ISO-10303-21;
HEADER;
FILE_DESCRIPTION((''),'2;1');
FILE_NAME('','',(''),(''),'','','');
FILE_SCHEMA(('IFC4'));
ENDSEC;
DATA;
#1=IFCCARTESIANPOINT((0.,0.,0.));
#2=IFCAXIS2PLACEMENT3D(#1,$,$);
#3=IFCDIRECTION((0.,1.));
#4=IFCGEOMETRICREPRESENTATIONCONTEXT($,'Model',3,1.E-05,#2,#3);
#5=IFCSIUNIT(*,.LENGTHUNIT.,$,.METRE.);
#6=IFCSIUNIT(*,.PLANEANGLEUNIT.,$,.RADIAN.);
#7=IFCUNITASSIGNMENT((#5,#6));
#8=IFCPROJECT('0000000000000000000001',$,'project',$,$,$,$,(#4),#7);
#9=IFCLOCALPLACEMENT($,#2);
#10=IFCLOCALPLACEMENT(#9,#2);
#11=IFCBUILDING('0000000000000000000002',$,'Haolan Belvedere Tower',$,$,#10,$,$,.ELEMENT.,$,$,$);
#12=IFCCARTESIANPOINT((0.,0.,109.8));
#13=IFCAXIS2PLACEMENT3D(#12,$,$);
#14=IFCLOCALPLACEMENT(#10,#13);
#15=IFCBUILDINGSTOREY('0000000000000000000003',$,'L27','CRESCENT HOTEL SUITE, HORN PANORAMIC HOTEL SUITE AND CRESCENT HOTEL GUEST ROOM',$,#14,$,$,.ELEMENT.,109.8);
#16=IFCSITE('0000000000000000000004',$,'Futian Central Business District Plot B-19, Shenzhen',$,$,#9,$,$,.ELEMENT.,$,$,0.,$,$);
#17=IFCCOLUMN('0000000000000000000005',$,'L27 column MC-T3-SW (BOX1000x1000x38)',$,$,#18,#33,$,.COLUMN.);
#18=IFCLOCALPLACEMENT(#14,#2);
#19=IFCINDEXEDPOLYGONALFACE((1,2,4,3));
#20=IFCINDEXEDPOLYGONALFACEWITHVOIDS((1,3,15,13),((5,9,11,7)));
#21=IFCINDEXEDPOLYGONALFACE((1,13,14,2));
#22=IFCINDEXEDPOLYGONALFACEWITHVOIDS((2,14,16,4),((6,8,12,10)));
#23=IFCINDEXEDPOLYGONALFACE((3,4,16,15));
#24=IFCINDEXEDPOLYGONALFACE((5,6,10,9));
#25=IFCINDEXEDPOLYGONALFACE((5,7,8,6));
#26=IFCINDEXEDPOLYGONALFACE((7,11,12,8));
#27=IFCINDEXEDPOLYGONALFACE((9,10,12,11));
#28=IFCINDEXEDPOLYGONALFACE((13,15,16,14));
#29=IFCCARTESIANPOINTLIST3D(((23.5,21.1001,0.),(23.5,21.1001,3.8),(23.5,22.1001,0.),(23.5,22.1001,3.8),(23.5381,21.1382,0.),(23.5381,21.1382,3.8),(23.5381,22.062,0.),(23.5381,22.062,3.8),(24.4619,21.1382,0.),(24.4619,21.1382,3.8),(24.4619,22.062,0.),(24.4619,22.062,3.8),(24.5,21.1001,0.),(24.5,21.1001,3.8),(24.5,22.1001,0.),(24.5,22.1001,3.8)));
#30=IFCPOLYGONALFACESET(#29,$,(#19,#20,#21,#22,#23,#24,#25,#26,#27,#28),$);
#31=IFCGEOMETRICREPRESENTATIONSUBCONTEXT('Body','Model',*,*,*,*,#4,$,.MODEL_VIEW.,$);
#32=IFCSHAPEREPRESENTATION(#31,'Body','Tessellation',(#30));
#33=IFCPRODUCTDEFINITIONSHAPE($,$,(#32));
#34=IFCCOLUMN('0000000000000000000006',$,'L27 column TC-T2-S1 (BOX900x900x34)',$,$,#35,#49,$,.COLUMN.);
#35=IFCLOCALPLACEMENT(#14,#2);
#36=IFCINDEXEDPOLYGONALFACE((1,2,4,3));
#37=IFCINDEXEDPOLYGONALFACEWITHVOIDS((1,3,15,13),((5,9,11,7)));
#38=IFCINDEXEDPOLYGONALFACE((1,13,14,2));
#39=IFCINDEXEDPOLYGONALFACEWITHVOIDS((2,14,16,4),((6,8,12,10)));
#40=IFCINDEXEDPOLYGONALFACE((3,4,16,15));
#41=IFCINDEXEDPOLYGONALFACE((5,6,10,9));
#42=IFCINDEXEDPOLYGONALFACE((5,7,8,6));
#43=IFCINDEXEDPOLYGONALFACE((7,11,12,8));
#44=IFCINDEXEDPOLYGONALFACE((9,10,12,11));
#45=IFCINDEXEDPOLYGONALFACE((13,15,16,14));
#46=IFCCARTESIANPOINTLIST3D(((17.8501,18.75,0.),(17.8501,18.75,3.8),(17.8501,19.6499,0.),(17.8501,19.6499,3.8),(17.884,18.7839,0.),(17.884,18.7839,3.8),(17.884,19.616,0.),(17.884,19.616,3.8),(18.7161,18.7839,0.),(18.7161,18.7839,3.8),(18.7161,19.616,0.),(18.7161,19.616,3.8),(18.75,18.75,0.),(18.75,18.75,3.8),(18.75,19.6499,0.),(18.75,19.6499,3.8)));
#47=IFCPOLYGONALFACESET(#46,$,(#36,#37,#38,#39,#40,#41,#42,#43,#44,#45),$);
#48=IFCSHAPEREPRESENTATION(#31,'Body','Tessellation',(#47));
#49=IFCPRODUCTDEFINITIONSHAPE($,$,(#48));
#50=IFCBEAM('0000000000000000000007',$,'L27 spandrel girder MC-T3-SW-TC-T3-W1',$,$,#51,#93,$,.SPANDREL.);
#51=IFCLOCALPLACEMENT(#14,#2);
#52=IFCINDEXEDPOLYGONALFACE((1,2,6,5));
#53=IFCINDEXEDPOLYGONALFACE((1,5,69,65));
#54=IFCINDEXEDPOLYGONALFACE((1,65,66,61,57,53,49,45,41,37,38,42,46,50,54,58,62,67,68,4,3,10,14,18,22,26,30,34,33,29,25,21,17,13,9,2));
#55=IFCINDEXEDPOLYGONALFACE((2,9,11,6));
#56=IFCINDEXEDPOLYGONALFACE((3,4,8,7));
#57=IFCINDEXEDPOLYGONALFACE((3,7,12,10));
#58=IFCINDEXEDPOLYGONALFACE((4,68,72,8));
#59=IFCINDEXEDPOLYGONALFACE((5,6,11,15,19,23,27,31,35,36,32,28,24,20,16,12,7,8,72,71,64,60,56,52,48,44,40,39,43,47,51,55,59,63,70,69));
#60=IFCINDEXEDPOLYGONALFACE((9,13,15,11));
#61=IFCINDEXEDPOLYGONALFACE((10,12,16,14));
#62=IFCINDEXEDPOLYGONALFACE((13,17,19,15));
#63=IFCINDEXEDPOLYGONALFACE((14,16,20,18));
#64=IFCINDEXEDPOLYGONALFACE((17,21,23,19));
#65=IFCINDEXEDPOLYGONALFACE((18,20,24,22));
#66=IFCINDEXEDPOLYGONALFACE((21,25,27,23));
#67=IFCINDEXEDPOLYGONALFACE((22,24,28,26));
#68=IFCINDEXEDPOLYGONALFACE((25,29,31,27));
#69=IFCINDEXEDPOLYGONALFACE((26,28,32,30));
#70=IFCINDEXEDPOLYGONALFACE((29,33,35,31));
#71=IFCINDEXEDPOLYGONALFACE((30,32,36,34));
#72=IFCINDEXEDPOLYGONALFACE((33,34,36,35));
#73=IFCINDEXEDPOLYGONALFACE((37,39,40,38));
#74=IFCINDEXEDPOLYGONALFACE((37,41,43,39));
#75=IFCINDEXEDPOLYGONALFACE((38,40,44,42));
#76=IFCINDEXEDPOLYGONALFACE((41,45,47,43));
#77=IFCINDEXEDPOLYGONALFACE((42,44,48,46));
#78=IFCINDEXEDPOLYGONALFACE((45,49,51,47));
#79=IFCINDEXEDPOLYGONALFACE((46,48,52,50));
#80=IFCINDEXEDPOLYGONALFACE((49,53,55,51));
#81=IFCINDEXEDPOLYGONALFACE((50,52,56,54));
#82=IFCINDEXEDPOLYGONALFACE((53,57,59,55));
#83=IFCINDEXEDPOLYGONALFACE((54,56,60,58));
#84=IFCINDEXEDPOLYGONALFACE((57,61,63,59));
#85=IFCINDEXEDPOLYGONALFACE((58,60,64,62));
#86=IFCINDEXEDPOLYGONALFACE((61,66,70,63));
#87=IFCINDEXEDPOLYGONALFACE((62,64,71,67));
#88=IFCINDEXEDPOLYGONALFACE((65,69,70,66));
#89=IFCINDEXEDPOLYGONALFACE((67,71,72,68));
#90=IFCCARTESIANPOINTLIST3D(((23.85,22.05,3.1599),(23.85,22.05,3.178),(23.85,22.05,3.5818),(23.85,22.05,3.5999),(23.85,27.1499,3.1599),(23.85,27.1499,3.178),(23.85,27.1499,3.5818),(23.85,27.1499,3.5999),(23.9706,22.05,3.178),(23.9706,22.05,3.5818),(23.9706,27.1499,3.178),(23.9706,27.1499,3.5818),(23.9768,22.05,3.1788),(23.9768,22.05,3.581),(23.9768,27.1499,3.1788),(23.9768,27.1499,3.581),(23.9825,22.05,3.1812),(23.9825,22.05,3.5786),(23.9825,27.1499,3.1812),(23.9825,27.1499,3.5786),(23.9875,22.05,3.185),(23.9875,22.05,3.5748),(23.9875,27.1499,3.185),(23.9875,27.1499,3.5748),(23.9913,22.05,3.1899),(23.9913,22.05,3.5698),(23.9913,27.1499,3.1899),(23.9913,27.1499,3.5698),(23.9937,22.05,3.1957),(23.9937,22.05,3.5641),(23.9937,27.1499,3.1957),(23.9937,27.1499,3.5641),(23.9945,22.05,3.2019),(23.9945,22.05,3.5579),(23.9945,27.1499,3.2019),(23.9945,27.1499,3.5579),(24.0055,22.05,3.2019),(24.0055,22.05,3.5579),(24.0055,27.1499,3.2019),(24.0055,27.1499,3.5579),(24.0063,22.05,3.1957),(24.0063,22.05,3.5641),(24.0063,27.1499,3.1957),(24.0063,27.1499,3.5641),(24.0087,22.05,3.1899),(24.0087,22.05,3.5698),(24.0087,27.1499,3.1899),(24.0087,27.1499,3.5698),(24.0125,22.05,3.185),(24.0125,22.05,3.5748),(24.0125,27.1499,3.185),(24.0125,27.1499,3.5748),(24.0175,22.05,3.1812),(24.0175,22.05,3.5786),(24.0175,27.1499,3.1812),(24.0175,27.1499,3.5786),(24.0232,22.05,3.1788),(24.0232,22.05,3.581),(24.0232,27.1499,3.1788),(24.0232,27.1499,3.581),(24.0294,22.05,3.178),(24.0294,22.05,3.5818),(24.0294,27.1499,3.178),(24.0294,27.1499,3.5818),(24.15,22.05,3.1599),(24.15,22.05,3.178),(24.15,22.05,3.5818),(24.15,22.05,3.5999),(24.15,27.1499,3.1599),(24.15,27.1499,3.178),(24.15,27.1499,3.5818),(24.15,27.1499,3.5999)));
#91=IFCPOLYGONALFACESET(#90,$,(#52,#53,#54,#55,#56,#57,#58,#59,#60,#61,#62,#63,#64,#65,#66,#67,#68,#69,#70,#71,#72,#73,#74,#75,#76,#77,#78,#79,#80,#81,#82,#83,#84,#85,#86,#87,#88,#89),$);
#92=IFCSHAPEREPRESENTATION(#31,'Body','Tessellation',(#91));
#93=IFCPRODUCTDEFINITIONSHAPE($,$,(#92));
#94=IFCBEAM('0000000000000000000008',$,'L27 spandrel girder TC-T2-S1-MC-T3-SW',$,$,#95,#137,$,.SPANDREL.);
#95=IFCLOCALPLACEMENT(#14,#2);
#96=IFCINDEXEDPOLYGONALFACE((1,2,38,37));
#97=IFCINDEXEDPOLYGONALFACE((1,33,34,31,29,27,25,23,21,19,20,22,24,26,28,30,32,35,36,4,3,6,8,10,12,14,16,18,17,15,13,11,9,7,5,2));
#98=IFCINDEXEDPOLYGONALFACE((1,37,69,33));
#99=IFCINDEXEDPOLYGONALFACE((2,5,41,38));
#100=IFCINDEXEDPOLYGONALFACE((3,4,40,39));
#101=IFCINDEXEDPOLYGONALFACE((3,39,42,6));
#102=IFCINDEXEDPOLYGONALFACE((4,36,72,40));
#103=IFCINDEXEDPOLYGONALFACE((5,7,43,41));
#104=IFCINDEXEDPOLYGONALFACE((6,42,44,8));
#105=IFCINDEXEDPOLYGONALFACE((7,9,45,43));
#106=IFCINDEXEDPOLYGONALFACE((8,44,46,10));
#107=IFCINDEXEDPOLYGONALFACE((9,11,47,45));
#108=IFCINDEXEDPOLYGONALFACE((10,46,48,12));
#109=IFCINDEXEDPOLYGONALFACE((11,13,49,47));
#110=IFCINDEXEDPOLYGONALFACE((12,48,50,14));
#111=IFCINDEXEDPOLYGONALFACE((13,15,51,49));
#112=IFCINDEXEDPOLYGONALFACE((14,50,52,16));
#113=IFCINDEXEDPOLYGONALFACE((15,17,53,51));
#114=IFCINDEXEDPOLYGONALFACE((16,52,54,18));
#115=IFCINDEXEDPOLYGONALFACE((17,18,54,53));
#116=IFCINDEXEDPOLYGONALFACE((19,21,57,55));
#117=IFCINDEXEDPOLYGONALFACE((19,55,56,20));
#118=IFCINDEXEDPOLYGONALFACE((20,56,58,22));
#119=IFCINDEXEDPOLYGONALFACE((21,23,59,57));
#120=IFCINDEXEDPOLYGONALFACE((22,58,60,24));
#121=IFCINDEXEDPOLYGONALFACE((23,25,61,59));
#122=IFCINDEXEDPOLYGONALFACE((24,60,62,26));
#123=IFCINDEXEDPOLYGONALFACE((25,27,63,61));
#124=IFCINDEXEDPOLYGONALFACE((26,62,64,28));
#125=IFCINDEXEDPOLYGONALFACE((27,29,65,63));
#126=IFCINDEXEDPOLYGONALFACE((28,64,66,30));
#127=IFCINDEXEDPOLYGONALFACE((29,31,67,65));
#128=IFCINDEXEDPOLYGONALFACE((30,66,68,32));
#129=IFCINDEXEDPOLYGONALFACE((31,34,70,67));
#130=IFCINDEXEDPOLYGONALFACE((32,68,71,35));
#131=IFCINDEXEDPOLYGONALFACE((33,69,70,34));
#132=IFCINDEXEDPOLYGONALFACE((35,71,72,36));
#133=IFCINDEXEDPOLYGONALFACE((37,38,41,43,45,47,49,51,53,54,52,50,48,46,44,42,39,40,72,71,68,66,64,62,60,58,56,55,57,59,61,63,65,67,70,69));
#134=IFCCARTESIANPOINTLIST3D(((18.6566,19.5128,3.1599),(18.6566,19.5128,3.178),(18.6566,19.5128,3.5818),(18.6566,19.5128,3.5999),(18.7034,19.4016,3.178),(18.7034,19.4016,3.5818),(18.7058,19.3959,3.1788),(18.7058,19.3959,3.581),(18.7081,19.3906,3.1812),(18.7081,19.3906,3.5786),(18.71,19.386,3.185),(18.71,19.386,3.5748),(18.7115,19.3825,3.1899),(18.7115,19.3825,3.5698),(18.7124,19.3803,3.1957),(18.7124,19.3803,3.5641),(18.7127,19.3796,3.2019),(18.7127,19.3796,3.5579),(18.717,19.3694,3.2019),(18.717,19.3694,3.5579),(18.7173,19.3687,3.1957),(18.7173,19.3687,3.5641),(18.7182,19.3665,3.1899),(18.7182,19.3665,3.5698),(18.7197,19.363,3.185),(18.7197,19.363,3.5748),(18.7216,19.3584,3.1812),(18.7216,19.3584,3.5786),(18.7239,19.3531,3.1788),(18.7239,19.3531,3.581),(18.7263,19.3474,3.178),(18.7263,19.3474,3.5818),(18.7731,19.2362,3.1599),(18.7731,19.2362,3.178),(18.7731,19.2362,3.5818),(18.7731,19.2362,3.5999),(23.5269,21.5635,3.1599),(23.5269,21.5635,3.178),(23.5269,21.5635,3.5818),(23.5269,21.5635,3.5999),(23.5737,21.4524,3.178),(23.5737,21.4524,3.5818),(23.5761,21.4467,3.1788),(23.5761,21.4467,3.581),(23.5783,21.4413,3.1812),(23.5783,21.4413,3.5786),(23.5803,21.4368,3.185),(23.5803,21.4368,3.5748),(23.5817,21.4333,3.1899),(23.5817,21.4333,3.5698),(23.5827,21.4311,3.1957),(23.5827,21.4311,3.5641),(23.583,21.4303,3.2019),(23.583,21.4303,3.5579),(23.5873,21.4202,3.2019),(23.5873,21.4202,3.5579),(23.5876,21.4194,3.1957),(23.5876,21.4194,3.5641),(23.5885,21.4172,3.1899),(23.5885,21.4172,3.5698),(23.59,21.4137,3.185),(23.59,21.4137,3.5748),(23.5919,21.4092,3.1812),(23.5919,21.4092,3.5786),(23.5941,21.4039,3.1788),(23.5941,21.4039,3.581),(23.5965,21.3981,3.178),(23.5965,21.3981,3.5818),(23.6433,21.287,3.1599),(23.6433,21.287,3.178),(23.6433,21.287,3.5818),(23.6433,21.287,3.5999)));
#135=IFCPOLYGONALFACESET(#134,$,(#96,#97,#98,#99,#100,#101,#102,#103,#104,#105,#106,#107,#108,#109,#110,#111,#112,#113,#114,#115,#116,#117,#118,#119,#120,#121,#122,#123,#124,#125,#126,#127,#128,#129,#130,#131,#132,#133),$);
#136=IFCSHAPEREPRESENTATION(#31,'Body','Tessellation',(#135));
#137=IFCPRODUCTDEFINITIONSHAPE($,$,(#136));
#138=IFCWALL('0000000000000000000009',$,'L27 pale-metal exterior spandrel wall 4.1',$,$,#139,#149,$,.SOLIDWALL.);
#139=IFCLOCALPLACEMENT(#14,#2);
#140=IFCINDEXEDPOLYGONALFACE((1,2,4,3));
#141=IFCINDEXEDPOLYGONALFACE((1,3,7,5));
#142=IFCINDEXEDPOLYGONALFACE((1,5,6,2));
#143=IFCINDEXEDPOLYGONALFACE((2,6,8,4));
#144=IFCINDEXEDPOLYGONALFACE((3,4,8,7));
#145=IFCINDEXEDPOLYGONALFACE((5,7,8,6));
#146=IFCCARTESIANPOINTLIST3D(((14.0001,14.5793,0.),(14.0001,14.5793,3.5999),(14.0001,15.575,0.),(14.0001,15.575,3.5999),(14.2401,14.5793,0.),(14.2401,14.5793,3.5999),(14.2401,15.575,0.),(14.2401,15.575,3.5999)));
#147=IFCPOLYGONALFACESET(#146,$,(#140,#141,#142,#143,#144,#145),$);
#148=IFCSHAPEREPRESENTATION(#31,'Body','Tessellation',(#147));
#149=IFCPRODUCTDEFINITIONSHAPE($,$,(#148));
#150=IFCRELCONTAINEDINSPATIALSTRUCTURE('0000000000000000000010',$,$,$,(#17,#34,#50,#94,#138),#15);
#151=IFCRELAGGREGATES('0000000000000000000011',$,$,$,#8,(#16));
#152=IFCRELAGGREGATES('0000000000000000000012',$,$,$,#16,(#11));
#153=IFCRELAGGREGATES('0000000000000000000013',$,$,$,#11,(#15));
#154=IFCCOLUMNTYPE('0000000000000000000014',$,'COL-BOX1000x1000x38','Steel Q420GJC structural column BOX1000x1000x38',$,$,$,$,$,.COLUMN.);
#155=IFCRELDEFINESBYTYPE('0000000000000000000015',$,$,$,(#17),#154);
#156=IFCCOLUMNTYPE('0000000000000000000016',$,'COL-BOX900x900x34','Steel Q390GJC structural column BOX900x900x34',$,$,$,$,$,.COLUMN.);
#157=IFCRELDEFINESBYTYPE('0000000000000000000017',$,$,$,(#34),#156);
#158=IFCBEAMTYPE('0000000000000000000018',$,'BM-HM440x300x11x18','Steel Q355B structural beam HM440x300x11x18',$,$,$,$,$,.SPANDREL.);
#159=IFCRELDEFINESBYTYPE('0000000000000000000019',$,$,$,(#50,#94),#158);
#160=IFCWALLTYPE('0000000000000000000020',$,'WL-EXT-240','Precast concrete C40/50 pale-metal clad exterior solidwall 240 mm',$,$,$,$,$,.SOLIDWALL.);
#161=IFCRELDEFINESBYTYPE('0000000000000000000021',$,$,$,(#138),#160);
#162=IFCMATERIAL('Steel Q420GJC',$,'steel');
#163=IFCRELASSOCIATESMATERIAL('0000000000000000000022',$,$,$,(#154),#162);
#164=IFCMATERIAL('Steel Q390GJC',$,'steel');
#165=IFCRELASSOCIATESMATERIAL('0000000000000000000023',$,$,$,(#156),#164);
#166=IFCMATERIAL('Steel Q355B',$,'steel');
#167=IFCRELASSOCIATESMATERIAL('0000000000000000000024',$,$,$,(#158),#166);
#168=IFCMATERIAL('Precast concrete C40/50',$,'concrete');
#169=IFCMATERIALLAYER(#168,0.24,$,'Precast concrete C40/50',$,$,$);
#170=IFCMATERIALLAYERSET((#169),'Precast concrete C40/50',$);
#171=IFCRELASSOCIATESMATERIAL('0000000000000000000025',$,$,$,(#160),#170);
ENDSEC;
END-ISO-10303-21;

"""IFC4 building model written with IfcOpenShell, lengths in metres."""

from ifc_helpers import new_model, si_unit, direction, frame, frame_2d, origin, origin_2d, place, context, subcontext, project, spatial, rectangle, hollow_rectangle, i_section, extrude, material, layer, layer_set, material_profile, profile_set, type_object, element, save


model = new_model("IFC4")

# Units and contexts
model_context = context("Model", 3, precision=1e-05, world=origin(), true_north=direction((0.0, 1.0)))
body_context = subcontext(model_context, "Body", "Model", "MODEL_VIEW")
ifc_project = project(units=[si_unit("LENGTHUNIT", "METRE"), si_unit("PLANEANGLEUNIT", "RADIAN")], contexts=[model_context])

# Site, building, storey
site_placement = place(None, origin())
site = spatial("IfcSite", under=ifc_project, at=site_placement, Name="Futian Central Business District Plot B-19, Shenzhen", CompositionType="ELEMENT", RefElevation=0.0)
building_placement = place(site_placement, origin())
building = spatial("IfcBuilding", under=site, at=building_placement, Name="Haolan Belvedere Tower", CompositionType="ELEMENT")
storey_placement = place(building_placement, frame((0.0, 0.0, 109.8)))
storey = spatial("IfcBuildingStorey", under=building, at=storey_placement, Name="L27", Description="CRESCENT HOTEL SUITE, HORN PANORAMIC HOTEL SUITE AND CRESCENT HOTEL GUEST ROOM", CompositionType="ELEMENT", Elevation=109.8)

# Columns
ifc_material_1 = material(Name="Steel Q420GJC", Category="steel")
ifc_material_profile_1 = material_profile(ifc_material_1, hollow_rectangle(XDim=1.0, YDim=1.0, WallThickness=0.0381, at=origin_2d()), Name="Steel Q420GJC")
ifc_profile_set_1 = profile_set([ifc_material_profile_1], Name="Steel Q420GJC")
column_type_1 = type_object("IfcColumnType", Name="COL-BOX1000x1000x38", Description="Steel Q420GJC structural column BOX1000x1000x38", PredefinedType="COLUMN", material=ifc_profile_set_1)
column_1_placement = place(storey_placement, frame((24.0, 21.6001, 0.0), z_axis=(0.0, 0.0, 1.0), x_axis=(1.0, 0.0, 0.0)))
element("IfcColumn", 1, at=column_1_placement, inside=storey, type_object=column_type_1, Name="L27 column MC-T3-SW (BOX1000x1000x38)", PredefinedType="COLUMN", context=body_context, shape_type="SweptSolid", body=[
    extrude(hollow_rectangle(XDim=1.0, YDim=1.0, WallThickness=0.0381, at=origin_2d()), origin(), (0.0, 0.0, 1.0), 3.8),
])
ifc_material_2 = material(Name="Steel Q390GJC", Category="steel")
ifc_material_profile_2 = material_profile(ifc_material_2, hollow_rectangle(XDim=0.8999, YDim=0.8999, WallThickness=0.0339, at=origin_2d()), Name="Steel Q390GJC")
ifc_profile_set_2 = profile_set([ifc_material_profile_2], Name="Steel Q390GJC")
column_type_2 = type_object("IfcColumnType", Name="COL-BOX900x900x34", Description="Steel Q390GJC structural column BOX900x900x34", PredefinedType="COLUMN", material=ifc_profile_set_2)
column_2_placement = place(storey_placement, frame((18.3, 19.2, 0.0), z_axis=(0.0, 0.0, 1.0), x_axis=(1.0, 0.0, 0.0)))
element("IfcColumn", 2, at=column_2_placement, inside=storey, type_object=column_type_2, Name="L27 column TC-T2-S1 (BOX900x900x34)", PredefinedType="COLUMN", context=body_context, shape_type="SweptSolid", body=[
    extrude(hollow_rectangle(XDim=0.8999, YDim=0.8999, WallThickness=0.0339, at=origin_2d()), origin(), (0.0, 0.0, 1.0), 3.8),
])

# Beams
ifc_material_3 = material(Name="Steel Q355B", Category="steel")
ifc_material_profile_3 = material_profile(ifc_material_3, i_section(OverallWidth=0.3, OverallDepth=0.4399, WebThickness=0.011, FlangeThickness=0.0181, FilletRadius=0.0239, at=origin_2d()), Name="Steel Q355B")
ifc_profile_set_3 = profile_set([ifc_material_profile_3], Name="Steel Q355B")
beam_type = type_object("IfcBeamType", Name="BM-HM440x300x11x18", Description="Steel Q355B structural beam HM440x300x11x18", PredefinedType="SPANDREL", material=ifc_profile_set_3)
beam_1_placement = place(storey_placement, frame((24.0, 22.05, 3.3799), z_axis=(0.0, 1.0, 0.0), x_axis=(-1.0, 0.0, 0.0)))
element("IfcBeam", 3, at=beam_1_placement, inside=storey, type_object=beam_type, Name="L27 spandrel girder MC-T3-SW-TC-T3-W1", PredefinedType="SPANDREL", context=body_context, shape_type="SweptSolid", body=[
    extrude(i_section(OverallWidth=0.3, OverallDepth=0.4399, WebThickness=0.011, FlangeThickness=0.0181, FilletRadius=0.0239, at=origin_2d()), origin(), (0.0, 0.0, 1.0), 5.0999),
])
beam_2_placement = place(storey_placement, frame((18.7148, 19.3745, 3.3799), z_axis=(0.921628, 0.388074, 0.0), x_axis=(-0.388074, 0.921628, 0.0)))
element("IfcBeam", 4, at=beam_2_placement, inside=storey, type_object=beam_type, Name="L27 spandrel girder TC-T2-S1-MC-T3-SW", PredefinedType="SPANDREL", context=body_context, shape_type="SweptSolid", body=[
    extrude(i_section(OverallWidth=0.3, OverallDepth=0.4399, WebThickness=0.011, FlangeThickness=0.0181, FilletRadius=0.0239, at=origin_2d()), origin(), (0.0, 0.0, 1.0), 5.2844),
])

# Wall
ifc_material_4 = material(Name="Precast concrete C40/50", Category="concrete")
ifc_layer_1 = layer(ifc_material_4, 0.24, Name="Precast concrete C40/50")
ifc_layer_set_1 = layer_set([ifc_layer_1], Name="Precast concrete C40/50")
wall_type_1 = type_object("IfcWallType", Name="WL-EXT-240", Description="Precast concrete C40/50 pale-metal clad exterior solidwall 240 mm", PredefinedType="SOLIDWALL", material=ifc_layer_set_1)
wall_1_placement = place(storey_placement, frame((14.1201, 15.575, 0.0), z_axis=(0.0, 0.0, 1.0), x_axis=(0.0, -1.0, 0.0)))
element("IfcWall", 5, at=wall_1_placement, inside=storey, type_object=wall_type_1, Name="L27 pale-metal exterior spandrel wall 4.1", PredefinedType="SOLIDWALL", context=body_context, shape_type="SweptSolid", body=[
    extrude(rectangle(XDim=0.9956, YDim=0.24, at=frame_2d((0.4978, 0.0))), origin(), (0.0, 0.0, 1.0), 3.5999),
])

save(model, "model.ifc")
